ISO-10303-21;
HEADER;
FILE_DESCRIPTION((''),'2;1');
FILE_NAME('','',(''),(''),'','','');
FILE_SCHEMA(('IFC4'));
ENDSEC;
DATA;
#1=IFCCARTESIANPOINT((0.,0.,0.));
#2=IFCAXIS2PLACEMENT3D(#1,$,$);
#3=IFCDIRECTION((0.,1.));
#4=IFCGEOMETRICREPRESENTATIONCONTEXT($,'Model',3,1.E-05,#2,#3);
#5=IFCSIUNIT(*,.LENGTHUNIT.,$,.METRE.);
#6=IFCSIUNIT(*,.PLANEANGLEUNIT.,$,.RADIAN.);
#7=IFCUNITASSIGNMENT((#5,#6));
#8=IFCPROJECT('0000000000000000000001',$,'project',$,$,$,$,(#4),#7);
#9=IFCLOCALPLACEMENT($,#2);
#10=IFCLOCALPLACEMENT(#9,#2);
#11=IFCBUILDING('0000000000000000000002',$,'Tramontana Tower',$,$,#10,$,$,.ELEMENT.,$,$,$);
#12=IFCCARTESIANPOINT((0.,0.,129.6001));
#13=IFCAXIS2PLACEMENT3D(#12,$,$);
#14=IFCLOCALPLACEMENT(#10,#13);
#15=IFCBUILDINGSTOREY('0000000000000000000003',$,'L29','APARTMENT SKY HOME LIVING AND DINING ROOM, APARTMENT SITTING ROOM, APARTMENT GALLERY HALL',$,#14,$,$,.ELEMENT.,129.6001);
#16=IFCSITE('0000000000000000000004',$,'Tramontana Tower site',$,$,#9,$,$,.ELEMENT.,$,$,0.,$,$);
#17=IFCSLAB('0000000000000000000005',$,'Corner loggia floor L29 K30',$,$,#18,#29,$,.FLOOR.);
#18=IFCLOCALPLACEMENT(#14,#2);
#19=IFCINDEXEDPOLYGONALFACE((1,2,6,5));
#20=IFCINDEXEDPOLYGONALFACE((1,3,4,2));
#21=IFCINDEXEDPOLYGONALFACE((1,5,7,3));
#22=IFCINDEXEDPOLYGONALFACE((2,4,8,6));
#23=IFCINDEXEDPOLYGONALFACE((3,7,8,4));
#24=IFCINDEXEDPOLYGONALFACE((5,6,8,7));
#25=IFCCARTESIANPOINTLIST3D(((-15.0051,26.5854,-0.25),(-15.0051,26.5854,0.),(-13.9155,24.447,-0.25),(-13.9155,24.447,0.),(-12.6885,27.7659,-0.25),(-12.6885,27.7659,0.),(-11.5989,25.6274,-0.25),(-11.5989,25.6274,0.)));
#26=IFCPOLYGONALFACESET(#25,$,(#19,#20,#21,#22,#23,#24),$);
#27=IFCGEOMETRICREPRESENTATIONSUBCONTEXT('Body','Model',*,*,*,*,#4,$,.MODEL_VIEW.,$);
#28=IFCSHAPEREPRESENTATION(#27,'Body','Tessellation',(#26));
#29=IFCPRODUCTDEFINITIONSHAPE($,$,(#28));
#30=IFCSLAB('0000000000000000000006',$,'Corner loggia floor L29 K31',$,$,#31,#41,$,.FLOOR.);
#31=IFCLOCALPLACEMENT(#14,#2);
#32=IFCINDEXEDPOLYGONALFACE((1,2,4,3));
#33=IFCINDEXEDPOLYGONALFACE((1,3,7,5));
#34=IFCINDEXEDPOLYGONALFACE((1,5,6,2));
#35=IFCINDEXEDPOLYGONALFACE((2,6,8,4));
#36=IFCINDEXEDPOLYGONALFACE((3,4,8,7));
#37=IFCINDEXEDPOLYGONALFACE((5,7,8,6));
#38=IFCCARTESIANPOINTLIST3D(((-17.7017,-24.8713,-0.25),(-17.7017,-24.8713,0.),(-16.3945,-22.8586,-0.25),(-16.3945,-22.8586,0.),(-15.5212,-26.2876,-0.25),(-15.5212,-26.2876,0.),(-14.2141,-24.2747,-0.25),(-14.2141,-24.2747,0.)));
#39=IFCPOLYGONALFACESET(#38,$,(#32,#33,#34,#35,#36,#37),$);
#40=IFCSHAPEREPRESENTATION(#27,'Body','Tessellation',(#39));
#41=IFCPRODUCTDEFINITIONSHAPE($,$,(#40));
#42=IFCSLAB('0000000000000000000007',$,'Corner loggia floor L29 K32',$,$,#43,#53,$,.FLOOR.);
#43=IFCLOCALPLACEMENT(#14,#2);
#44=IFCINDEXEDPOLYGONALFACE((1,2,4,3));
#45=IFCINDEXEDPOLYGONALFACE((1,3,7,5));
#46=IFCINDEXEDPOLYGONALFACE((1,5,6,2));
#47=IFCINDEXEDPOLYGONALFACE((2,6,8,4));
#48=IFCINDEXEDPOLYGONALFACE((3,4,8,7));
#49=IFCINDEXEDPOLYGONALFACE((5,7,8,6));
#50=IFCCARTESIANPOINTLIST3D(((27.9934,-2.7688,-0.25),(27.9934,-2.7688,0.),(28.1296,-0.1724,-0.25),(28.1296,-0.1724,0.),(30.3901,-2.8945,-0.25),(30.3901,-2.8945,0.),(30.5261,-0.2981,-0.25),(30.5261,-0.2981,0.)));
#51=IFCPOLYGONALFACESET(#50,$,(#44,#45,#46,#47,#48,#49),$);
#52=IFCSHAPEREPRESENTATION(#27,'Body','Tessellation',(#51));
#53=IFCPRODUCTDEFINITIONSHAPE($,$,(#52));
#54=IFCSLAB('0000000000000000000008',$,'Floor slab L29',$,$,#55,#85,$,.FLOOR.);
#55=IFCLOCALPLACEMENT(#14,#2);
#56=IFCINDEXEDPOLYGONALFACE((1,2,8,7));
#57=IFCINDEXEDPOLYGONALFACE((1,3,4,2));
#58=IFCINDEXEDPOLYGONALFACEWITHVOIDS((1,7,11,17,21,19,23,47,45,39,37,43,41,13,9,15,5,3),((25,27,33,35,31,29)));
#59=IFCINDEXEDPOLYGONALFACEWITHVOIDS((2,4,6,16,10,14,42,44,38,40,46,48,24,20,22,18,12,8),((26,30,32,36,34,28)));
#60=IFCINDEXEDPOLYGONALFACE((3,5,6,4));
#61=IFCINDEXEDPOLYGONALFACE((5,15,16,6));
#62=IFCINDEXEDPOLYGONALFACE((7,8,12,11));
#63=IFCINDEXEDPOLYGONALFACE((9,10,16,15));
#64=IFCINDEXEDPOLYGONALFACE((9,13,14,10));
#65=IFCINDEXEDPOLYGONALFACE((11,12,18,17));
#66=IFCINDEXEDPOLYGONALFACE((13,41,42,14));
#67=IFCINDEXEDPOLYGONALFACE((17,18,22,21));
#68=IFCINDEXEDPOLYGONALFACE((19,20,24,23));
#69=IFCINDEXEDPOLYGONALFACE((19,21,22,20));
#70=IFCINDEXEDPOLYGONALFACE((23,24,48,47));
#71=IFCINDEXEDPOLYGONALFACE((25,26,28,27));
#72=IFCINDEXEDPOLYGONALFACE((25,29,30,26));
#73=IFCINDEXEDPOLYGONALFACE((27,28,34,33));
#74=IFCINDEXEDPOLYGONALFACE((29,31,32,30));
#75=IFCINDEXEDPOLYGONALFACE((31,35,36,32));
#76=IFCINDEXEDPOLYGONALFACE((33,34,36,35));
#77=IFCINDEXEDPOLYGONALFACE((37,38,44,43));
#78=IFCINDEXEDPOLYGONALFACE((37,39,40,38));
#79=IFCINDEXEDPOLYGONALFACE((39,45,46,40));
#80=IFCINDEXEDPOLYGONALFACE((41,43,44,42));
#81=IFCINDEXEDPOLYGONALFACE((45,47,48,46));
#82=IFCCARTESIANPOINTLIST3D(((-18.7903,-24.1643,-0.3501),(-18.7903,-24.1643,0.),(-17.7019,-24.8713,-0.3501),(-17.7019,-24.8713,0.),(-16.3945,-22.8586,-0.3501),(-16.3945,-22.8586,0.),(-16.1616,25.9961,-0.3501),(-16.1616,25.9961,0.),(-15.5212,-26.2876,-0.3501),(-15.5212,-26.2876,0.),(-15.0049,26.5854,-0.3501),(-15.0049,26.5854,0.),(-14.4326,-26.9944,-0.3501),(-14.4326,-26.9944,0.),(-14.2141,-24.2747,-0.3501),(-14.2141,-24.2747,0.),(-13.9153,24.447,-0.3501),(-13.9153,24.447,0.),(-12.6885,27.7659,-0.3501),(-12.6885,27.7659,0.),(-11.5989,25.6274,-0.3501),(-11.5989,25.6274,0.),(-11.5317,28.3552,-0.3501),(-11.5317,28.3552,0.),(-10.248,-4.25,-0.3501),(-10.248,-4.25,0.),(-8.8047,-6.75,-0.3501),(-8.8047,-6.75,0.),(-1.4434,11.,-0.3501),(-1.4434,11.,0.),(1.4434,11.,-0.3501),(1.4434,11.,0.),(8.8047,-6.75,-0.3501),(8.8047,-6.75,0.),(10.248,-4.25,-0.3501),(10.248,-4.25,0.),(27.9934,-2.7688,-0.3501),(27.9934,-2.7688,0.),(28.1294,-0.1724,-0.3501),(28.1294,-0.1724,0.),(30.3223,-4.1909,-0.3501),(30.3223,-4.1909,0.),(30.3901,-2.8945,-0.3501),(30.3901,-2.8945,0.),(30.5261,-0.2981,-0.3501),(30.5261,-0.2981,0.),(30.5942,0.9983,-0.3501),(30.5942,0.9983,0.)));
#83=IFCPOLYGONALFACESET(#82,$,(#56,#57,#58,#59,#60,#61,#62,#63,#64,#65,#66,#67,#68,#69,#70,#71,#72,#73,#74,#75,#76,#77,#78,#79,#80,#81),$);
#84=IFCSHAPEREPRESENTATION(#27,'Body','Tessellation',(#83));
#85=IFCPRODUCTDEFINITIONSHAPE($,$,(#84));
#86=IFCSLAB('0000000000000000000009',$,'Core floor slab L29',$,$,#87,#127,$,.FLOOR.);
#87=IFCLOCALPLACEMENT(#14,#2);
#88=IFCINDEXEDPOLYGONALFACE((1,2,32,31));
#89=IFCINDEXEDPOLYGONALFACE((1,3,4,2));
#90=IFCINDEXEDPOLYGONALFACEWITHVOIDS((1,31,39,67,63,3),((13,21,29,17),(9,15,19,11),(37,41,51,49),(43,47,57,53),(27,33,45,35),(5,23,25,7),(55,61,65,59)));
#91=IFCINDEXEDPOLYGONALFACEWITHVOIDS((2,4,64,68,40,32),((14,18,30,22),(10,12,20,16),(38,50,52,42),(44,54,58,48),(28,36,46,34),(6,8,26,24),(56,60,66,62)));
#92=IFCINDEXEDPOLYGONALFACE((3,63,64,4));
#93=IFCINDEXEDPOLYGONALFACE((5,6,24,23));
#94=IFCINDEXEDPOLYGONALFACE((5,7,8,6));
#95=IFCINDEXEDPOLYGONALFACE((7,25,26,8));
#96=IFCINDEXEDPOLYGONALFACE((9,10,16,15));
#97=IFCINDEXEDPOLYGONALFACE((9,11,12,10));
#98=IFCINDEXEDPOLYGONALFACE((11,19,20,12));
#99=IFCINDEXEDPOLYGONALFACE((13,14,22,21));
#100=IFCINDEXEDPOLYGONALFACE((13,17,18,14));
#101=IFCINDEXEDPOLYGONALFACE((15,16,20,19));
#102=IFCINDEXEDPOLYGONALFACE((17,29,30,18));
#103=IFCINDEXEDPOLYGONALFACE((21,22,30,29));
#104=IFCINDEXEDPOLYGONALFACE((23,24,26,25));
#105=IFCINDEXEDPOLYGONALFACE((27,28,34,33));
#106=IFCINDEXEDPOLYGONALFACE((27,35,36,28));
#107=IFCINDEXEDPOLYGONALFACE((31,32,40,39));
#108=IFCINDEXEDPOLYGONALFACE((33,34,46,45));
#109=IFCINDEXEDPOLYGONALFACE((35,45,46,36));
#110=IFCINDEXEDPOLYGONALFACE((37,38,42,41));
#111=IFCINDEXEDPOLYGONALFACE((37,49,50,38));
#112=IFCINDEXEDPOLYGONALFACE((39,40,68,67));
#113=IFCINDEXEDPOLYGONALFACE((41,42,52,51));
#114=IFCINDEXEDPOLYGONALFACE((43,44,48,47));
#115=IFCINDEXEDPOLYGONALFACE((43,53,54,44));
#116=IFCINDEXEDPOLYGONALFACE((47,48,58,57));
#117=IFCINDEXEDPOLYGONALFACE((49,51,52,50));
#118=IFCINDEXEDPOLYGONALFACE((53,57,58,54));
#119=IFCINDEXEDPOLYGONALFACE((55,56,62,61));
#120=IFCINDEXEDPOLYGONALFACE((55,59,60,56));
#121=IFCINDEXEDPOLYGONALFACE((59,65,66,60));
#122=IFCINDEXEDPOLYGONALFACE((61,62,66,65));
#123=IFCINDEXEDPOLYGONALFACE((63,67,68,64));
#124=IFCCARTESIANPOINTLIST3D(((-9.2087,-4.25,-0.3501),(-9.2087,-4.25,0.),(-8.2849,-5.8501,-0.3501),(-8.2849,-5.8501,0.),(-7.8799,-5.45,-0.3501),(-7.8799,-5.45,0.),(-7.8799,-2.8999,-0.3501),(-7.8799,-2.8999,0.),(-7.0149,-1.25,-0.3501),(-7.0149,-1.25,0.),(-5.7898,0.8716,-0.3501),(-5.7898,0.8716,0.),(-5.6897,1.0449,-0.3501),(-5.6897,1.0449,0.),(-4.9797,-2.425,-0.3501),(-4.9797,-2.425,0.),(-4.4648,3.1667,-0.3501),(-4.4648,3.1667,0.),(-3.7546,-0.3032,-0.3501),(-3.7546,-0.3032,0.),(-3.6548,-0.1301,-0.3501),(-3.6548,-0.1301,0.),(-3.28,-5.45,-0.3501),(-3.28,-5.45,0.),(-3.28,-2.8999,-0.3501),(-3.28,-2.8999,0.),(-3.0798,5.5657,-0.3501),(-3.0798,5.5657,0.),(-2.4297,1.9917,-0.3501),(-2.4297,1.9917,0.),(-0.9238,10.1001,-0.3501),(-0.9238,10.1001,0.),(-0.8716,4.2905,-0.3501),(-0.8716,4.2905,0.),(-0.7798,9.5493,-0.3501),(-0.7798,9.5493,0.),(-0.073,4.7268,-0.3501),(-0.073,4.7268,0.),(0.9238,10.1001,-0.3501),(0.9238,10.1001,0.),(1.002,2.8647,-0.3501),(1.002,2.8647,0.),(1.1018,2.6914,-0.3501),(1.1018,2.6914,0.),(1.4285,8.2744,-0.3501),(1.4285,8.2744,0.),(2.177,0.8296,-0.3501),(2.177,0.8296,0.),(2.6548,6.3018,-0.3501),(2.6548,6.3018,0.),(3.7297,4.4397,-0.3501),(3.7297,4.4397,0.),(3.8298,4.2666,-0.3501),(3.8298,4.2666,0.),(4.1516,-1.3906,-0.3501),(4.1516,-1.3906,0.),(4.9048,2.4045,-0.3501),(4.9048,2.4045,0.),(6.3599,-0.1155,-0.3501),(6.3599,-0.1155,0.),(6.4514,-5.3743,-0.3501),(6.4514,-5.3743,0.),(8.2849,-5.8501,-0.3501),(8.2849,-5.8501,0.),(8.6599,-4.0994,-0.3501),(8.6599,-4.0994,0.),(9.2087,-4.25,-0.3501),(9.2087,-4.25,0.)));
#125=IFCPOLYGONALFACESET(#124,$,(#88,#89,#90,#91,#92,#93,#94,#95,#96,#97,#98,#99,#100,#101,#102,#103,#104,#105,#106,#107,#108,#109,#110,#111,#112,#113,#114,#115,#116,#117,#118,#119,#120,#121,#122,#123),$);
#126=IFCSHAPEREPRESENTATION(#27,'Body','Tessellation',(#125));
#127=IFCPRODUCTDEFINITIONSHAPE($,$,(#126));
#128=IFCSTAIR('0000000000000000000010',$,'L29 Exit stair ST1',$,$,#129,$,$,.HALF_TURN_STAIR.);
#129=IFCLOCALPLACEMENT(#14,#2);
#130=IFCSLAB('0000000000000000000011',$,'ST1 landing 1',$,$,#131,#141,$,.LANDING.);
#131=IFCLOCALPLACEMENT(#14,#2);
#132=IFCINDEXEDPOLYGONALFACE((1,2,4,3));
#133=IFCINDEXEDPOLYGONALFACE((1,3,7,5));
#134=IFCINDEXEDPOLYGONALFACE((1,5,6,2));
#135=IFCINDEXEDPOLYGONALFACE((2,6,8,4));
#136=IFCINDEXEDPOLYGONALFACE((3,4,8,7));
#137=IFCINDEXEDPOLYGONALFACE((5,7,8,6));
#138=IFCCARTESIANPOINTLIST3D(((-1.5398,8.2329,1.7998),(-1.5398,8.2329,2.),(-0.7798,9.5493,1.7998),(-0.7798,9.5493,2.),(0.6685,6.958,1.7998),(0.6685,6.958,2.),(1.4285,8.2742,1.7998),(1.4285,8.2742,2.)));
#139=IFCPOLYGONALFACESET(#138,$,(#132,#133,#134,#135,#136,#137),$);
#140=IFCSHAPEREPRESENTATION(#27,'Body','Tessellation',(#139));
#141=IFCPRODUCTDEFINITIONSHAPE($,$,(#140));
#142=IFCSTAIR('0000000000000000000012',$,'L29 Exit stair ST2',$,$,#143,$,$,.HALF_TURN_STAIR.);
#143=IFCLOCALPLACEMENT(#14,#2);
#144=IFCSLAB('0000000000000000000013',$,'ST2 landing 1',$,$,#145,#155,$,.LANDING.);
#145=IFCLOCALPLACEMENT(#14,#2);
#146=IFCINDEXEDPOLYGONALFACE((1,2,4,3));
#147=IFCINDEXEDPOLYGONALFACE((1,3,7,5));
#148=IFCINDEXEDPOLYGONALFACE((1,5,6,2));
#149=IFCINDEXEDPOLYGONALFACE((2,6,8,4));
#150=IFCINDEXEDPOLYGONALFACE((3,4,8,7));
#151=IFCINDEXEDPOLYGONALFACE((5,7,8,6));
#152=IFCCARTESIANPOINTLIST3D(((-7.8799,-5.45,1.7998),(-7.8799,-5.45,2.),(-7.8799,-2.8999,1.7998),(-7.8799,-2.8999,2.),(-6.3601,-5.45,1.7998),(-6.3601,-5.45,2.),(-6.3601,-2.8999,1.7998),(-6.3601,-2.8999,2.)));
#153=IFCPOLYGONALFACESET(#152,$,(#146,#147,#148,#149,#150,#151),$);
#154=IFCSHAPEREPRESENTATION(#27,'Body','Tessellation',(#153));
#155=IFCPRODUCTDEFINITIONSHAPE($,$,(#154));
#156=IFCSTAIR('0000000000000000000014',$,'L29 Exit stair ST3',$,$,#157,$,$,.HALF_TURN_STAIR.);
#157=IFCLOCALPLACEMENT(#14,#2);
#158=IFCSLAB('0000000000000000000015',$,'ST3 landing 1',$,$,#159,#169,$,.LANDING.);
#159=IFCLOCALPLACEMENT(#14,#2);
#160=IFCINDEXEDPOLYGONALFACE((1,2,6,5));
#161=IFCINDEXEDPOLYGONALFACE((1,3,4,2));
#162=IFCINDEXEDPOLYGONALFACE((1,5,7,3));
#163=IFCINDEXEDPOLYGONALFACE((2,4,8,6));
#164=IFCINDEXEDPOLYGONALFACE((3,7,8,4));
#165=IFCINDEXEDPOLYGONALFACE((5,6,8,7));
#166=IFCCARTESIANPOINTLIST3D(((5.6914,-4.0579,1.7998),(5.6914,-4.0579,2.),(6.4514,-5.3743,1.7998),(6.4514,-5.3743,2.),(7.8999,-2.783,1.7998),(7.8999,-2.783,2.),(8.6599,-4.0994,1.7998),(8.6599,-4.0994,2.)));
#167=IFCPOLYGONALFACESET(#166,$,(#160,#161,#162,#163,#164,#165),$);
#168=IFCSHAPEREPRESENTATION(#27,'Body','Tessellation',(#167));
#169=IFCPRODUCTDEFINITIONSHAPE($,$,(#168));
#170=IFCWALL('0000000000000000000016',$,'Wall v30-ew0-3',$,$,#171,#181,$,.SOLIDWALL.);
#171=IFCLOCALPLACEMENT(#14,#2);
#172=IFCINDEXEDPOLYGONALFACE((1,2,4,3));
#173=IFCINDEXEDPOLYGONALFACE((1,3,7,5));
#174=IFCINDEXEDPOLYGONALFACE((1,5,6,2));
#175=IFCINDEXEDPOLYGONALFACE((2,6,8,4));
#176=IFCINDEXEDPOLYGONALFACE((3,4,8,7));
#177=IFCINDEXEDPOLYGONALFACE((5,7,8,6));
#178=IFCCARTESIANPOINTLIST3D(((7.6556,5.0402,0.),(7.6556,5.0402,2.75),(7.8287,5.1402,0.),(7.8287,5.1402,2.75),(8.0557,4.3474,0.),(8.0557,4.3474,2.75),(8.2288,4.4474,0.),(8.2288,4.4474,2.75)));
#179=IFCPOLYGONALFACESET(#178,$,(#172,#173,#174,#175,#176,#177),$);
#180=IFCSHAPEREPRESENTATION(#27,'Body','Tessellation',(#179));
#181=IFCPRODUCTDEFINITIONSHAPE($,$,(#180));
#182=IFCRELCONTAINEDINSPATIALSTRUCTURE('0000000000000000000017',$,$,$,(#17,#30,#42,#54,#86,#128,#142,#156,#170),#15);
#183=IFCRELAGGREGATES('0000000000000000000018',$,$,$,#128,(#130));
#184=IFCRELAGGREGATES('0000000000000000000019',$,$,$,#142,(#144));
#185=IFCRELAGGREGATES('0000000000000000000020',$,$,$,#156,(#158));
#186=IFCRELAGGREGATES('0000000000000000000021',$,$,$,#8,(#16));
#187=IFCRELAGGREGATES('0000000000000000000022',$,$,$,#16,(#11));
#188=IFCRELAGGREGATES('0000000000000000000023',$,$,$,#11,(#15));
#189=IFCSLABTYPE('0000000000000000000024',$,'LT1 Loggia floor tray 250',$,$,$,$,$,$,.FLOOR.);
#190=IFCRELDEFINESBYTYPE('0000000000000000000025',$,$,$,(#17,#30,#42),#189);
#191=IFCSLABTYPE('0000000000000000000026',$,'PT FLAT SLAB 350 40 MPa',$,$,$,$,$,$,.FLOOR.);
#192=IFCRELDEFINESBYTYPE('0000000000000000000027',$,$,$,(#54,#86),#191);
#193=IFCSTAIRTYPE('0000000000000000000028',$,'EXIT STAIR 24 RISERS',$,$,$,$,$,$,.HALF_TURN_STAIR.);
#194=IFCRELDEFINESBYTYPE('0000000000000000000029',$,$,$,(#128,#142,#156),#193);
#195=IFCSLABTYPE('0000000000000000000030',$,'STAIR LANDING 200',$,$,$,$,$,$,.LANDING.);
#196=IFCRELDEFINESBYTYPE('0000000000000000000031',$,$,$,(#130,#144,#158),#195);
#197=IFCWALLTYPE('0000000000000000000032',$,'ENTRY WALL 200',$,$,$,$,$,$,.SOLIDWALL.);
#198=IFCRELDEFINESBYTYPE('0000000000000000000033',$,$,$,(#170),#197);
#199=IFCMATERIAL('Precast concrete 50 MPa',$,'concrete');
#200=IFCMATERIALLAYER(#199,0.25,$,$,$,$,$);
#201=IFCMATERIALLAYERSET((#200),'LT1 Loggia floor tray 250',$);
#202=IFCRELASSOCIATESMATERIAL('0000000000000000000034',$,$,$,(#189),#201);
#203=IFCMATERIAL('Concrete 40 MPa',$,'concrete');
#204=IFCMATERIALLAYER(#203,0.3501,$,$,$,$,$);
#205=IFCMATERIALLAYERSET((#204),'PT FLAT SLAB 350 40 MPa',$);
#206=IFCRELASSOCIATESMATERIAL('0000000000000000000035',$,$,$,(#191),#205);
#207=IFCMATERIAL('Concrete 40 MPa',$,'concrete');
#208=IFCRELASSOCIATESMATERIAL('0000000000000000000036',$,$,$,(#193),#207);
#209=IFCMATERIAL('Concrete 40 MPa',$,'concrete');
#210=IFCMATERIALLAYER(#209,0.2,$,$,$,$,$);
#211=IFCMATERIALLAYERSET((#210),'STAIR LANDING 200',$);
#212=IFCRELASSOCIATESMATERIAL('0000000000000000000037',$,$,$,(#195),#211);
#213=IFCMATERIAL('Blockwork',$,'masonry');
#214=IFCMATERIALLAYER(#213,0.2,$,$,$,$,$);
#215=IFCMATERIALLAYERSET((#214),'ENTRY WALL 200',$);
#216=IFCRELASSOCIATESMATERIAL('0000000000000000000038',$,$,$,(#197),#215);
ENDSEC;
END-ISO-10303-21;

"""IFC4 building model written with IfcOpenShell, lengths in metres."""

from ifc_helpers import new_model, si_unit, direction, frame, frame_2d, origin, place, context, subcontext, project, spatial, polyline, rectangle, outline, extrude, material, layer, layer_set, type_object, element, aggregate, save


model = new_model("IFC4")

# Units and contexts
model_context = context("Model", 3, precision=1e-05, world=origin(), true_north=direction((0.0, 1.0)))
body_context = subcontext(model_context, "Body", "Model", "MODEL_VIEW")
ifc_project = project(units=[si_unit("LENGTHUNIT", "METRE"), si_unit("PLANEANGLEUNIT", "RADIAN")], contexts=[model_context])

# Site, building, storey
site_placement = place(None, origin())
site = spatial("IfcSite", under=ifc_project, at=site_placement, Name="Tramontana Tower site", CompositionType="ELEMENT", RefElevation=0.0)
building_placement = place(site_placement, origin())
building = spatial("IfcBuilding", under=site, at=building_placement, Name="Tramontana Tower", CompositionType="ELEMENT")
storey_placement = place(building_placement, frame((0.0, 0.0, 129.6001)))
storey = spatial("IfcBuildingStorey", under=building, at=storey_placement, Name="L29", Description="APARTMENT SKY HOME LIVING AND DINING ROOM, APARTMENT SITTING ROOM, APARTMENT GALLERY HALL", CompositionType="ELEMENT", Elevation=129.6001)

# Slabs
ifc_material_1 = material(Name="Precast concrete 50 MPa", Category="concrete")
ifc_layer_1 = layer(ifc_material_1, 0.25)
ifc_layer_set_1 = layer_set([ifc_layer_1], Name="LT1 Loggia floor tray 250")
slab_type_1 = type_object("IfcSlabType", Name="LT1 Loggia floor tray 250", PredefinedType="FLOOR", material=ifc_layer_set_1)
slab_1_placement = place(storey_placement, frame((0.0, 0.0, -0.25)))
element("IfcSlab", 1, at=slab_1_placement, inside=storey, type_object=slab_type_1, Name="Corner loggia floor L29 K30", PredefinedType="FLOOR", context=body_context, shape_type="SweptSolid", body=[
    extrude(outline(polyline([(-12.6885, 27.7659), (-11.5989, 25.6274), (-13.9155, 24.447), (-15.0051, 26.5854), (-12.6885, 27.7659)])), origin(), (0.0, 0.0, 1.0), 0.25),
])
slab_2_placement = place(storey_placement, frame((0.0, 0.0, -0.25)))
element("IfcSlab", 2, at=slab_2_placement, inside=storey, type_object=slab_type_1, Name="Corner loggia floor L29 K31", PredefinedType="FLOOR", context=body_context, shape_type="SweptSolid", body=[
    extrude(outline(polyline([(-17.7017, -24.8713), (-16.3945, -22.8586), (-14.2141, -24.2747), (-15.5212, -26.2876), (-17.7017, -24.8713)])), origin(), (0.0, 0.0, 1.0), 0.25),
])
slab_3_placement = place(storey_placement, frame((0.0, 0.0, -0.25)))
element("IfcSlab", 3, at=slab_3_placement, inside=storey, type_object=slab_type_1, Name="Corner loggia floor L29 K32", PredefinedType="FLOOR", context=body_context, shape_type="SweptSolid", body=[
    extrude(outline(polyline([(30.3901, -2.8945), (27.9934, -2.7688), (28.1296, -0.1724), (30.5261, -0.2981), (30.3901, -2.8945)])), origin(), (0.0, 0.0, 1.0), 0.25),
])
ifc_material_2 = material(Name="Concrete 40 MPa", Category="concrete")
ifc_layer_2 = layer(ifc_material_2, 0.3501)
ifc_layer_set_2 = layer_set([ifc_layer_2], Name="PT FLAT SLAB 350 40 MPa")
slab_type_2 = type_object("IfcSlabType", Name="PT FLAT SLAB 350 40 MPa", PredefinedType="FLOOR", material=ifc_layer_set_2)
slab_4_placement = place(storey_placement, frame((0.0, 0.0, -0.3501)))
element("IfcSlab", 4, at=slab_4_placement, inside=storey, type_object=slab_type_2, Name="Floor slab L29", PredefinedType="FLOOR", context=body_context, shape_type="SweptSolid", body=[
    extrude(outline(polyline([(30.5261, -0.2981), (28.1294, -0.1724), (27.9934, -2.7688), (30.3901, -2.8945), (30.3223, -4.1909), (-14.4326, -26.9944), (-15.5212, -26.2876), (-14.2141, -24.2747), (-16.3945, -22.8586), (-17.7019, -24.8713), (-18.7903, -24.1643), (-16.1616, 25.9961), (-15.0049, 26.5854), (-13.9153, 24.447), (-11.5989, 25.6274), (-12.6885, 27.7659), (-11.5317, 28.3552), (30.5942, 0.9983), (30.5261, -0.2981)]), holes=[polyline([(-10.248, -4.25), (-8.8047, -6.75), (8.8047, -6.75), (10.248, -4.25), (1.4434, 11.0), (-1.4434, 11.0), (-10.248, -4.25)])]), origin(), (0.0, 0.0, 1.0), 0.3501),
])
slab_5_placement = place(storey_placement, frame((0.0, 0.0, -0.3501)))
element("IfcSlab", 5, at=slab_5_placement, inside=storey, type_object=slab_type_2, Name="Core floor slab L29", PredefinedType="FLOOR", context=body_context, shape_type="SweptSolid", body=[
    extrude(outline(polyline([(9.2087, -4.25), (8.2849, -5.8501), (-8.2849, -5.8501), (-9.2087, -4.25), (-0.9238, 10.1001), (0.9238, 10.1001), (9.2087, -4.25)]), holes=[polyline([(8.6599, -4.0994), (6.3599, -0.1155), (4.1516, -1.3906), (6.4514, -5.3743), (8.6599, -4.0994)]), polyline([(3.8298, 4.2666), (1.1018, 2.6914), (2.177, 0.8296), (4.9048, 2.4045), (3.8298, 4.2666)]), polyline([(2.6548, 6.3018), (-0.073, 4.7268), (1.002, 2.8647), (3.7297, 4.4397), (2.6548, 6.3018)]), polyline([(-0.7798, 9.5493), (-3.0798, 5.5657), (-0.8716, 4.2905), (1.4285, 8.2744), (-0.7798, 9.5493)]), polyline([(-5.6897, 1.0449), (-3.6548, -0.1301), (-2.4297, 1.9917), (-4.4648, 3.1667), (-5.6897, 1.0449)]), polyline([(-3.28, -5.45), (-3.28, -2.8999), (-7.8799, -2.8999), (-7.8799, -5.45), (-3.28, -5.45)]), polyline([(-7.0149, -1.25), (-4.9797, -2.425), (-3.7546, -0.3032), (-5.7898, 0.8716), (-7.0149, -1.25)])]), origin(), (0.0, 0.0, 1.0), 0.3501),
])

# Stairs, slabs
ifc_material_3 = material(Name="Concrete 40 MPa", Category="concrete")
stair_type = type_object("IfcStairType", Name="EXIT STAIR 24 RISERS", PredefinedType="HALF_TURN_STAIR", material=ifc_material_3)
stair_1_placement = place(storey_placement, origin())
stair_1 = element("IfcStair", 6, at=stair_1_placement, inside=storey, type_object=stair_type, Name="L29 Exit stair ST1", PredefinedType="HALF_TURN_STAIR")
ifc_material_4 = material(Name="Concrete 40 MPa", Category="concrete")
ifc_layer_3 = layer(ifc_material_4, 0.2)
ifc_layer_set_3 = layer_set([ifc_layer_3], Name="STAIR LANDING 200")
slab_type_3 = type_object("IfcSlabType", Name="STAIR LANDING 200", PredefinedType="LANDING", material=ifc_layer_set_3)
slab_6_placement = place(storey_placement, frame((0.0, 0.0, 1.7998)))
slab_6 = element("IfcSlab", 7, at=slab_6_placement, type_object=slab_type_3, Name="ST1 landing 1", PredefinedType="LANDING", context=body_context, shape_type="SweptSolid", body=[
    extrude(outline(polyline([(0.6685, 6.958), (1.4285, 8.2742), (-0.7798, 9.5493), (-1.5398, 8.2329), (0.6685, 6.958)])), origin(), (0.0, 0.0, 1.0), 0.2002),
])
aggregate(stair_1, [slab_6])
stair_2_placement = place(storey_placement, origin())
stair_2 = element("IfcStair", 8, at=stair_2_placement, inside=storey, type_object=stair_type, Name="L29 Exit stair ST2", PredefinedType="HALF_TURN_STAIR")
slab_7_placement = place(storey_placement, frame((0.0, 0.0, 1.7998)))
slab_7 = element("IfcSlab", 9, at=slab_7_placement, type_object=slab_type_3, Name="ST2 landing 1", PredefinedType="LANDING", context=body_context, shape_type="SweptSolid", body=[
    extrude(outline(polyline([(-6.3601, -2.8999), (-7.8799, -2.8999), (-7.8799, -5.45), (-6.3601, -5.45), (-6.3601, -2.8999)])), origin(), (0.0, 0.0, 1.0), 0.2002),
])
aggregate(stair_2, [slab_7])
stair_3_placement = place(storey_placement, origin())
stair_3 = element("IfcStair", 10, at=stair_3_placement, inside=storey, type_object=stair_type, Name="L29 Exit stair ST3", PredefinedType="HALF_TURN_STAIR")
slab_8_placement = place(storey_placement, frame((0.0, 0.0, 1.7998)))
slab_8 = element("IfcSlab", 11, at=slab_8_placement, type_object=slab_type_3, Name="ST3 landing 1", PredefinedType="LANDING", context=body_context, shape_type="SweptSolid", body=[
    extrude(outline(polyline([(5.6914, -4.0579), (6.4514, -5.3743), (8.6599, -4.0994), (7.8999, -2.783), (5.6914, -4.0579)])), origin(), (0.0, 0.0, 1.0), 0.2002),
])

# Wall
ifc_material_5 = material(Name="Blockwork", Category="masonry")
ifc_layer_4 = layer(ifc_material_5, 0.2)
ifc_layer_set_4 = layer_set([ifc_layer_4], Name="ENTRY WALL 200")
wall_type_1 = type_object("IfcWallType", Name="ENTRY WALL 200", PredefinedType="SOLIDWALL", material=ifc_layer_set_4)
wall_1_placement = place(storey_placement, frame((7.7422, 5.0901, 0.0), z_axis=(0.0, 0.0, 1.0), x_axis=(0.50011, -0.865962, 0.0)))
element("IfcWall", 12, at=wall_1_placement, inside=storey, type_object=wall_type_1, Name="Wall v30-ew0-3", PredefinedType="SOLIDWALL", context=body_context, shape_type="SweptSolid", body=[
    extrude(rectangle(XDim=0.8, YDim=0.2, at=frame_2d((0.3999, 0.0))), origin(), (0.0, 0.0, 1.0), 2.75),
])

aggregate(stair_3, [slab_8])

save(model, "model.ifc")
